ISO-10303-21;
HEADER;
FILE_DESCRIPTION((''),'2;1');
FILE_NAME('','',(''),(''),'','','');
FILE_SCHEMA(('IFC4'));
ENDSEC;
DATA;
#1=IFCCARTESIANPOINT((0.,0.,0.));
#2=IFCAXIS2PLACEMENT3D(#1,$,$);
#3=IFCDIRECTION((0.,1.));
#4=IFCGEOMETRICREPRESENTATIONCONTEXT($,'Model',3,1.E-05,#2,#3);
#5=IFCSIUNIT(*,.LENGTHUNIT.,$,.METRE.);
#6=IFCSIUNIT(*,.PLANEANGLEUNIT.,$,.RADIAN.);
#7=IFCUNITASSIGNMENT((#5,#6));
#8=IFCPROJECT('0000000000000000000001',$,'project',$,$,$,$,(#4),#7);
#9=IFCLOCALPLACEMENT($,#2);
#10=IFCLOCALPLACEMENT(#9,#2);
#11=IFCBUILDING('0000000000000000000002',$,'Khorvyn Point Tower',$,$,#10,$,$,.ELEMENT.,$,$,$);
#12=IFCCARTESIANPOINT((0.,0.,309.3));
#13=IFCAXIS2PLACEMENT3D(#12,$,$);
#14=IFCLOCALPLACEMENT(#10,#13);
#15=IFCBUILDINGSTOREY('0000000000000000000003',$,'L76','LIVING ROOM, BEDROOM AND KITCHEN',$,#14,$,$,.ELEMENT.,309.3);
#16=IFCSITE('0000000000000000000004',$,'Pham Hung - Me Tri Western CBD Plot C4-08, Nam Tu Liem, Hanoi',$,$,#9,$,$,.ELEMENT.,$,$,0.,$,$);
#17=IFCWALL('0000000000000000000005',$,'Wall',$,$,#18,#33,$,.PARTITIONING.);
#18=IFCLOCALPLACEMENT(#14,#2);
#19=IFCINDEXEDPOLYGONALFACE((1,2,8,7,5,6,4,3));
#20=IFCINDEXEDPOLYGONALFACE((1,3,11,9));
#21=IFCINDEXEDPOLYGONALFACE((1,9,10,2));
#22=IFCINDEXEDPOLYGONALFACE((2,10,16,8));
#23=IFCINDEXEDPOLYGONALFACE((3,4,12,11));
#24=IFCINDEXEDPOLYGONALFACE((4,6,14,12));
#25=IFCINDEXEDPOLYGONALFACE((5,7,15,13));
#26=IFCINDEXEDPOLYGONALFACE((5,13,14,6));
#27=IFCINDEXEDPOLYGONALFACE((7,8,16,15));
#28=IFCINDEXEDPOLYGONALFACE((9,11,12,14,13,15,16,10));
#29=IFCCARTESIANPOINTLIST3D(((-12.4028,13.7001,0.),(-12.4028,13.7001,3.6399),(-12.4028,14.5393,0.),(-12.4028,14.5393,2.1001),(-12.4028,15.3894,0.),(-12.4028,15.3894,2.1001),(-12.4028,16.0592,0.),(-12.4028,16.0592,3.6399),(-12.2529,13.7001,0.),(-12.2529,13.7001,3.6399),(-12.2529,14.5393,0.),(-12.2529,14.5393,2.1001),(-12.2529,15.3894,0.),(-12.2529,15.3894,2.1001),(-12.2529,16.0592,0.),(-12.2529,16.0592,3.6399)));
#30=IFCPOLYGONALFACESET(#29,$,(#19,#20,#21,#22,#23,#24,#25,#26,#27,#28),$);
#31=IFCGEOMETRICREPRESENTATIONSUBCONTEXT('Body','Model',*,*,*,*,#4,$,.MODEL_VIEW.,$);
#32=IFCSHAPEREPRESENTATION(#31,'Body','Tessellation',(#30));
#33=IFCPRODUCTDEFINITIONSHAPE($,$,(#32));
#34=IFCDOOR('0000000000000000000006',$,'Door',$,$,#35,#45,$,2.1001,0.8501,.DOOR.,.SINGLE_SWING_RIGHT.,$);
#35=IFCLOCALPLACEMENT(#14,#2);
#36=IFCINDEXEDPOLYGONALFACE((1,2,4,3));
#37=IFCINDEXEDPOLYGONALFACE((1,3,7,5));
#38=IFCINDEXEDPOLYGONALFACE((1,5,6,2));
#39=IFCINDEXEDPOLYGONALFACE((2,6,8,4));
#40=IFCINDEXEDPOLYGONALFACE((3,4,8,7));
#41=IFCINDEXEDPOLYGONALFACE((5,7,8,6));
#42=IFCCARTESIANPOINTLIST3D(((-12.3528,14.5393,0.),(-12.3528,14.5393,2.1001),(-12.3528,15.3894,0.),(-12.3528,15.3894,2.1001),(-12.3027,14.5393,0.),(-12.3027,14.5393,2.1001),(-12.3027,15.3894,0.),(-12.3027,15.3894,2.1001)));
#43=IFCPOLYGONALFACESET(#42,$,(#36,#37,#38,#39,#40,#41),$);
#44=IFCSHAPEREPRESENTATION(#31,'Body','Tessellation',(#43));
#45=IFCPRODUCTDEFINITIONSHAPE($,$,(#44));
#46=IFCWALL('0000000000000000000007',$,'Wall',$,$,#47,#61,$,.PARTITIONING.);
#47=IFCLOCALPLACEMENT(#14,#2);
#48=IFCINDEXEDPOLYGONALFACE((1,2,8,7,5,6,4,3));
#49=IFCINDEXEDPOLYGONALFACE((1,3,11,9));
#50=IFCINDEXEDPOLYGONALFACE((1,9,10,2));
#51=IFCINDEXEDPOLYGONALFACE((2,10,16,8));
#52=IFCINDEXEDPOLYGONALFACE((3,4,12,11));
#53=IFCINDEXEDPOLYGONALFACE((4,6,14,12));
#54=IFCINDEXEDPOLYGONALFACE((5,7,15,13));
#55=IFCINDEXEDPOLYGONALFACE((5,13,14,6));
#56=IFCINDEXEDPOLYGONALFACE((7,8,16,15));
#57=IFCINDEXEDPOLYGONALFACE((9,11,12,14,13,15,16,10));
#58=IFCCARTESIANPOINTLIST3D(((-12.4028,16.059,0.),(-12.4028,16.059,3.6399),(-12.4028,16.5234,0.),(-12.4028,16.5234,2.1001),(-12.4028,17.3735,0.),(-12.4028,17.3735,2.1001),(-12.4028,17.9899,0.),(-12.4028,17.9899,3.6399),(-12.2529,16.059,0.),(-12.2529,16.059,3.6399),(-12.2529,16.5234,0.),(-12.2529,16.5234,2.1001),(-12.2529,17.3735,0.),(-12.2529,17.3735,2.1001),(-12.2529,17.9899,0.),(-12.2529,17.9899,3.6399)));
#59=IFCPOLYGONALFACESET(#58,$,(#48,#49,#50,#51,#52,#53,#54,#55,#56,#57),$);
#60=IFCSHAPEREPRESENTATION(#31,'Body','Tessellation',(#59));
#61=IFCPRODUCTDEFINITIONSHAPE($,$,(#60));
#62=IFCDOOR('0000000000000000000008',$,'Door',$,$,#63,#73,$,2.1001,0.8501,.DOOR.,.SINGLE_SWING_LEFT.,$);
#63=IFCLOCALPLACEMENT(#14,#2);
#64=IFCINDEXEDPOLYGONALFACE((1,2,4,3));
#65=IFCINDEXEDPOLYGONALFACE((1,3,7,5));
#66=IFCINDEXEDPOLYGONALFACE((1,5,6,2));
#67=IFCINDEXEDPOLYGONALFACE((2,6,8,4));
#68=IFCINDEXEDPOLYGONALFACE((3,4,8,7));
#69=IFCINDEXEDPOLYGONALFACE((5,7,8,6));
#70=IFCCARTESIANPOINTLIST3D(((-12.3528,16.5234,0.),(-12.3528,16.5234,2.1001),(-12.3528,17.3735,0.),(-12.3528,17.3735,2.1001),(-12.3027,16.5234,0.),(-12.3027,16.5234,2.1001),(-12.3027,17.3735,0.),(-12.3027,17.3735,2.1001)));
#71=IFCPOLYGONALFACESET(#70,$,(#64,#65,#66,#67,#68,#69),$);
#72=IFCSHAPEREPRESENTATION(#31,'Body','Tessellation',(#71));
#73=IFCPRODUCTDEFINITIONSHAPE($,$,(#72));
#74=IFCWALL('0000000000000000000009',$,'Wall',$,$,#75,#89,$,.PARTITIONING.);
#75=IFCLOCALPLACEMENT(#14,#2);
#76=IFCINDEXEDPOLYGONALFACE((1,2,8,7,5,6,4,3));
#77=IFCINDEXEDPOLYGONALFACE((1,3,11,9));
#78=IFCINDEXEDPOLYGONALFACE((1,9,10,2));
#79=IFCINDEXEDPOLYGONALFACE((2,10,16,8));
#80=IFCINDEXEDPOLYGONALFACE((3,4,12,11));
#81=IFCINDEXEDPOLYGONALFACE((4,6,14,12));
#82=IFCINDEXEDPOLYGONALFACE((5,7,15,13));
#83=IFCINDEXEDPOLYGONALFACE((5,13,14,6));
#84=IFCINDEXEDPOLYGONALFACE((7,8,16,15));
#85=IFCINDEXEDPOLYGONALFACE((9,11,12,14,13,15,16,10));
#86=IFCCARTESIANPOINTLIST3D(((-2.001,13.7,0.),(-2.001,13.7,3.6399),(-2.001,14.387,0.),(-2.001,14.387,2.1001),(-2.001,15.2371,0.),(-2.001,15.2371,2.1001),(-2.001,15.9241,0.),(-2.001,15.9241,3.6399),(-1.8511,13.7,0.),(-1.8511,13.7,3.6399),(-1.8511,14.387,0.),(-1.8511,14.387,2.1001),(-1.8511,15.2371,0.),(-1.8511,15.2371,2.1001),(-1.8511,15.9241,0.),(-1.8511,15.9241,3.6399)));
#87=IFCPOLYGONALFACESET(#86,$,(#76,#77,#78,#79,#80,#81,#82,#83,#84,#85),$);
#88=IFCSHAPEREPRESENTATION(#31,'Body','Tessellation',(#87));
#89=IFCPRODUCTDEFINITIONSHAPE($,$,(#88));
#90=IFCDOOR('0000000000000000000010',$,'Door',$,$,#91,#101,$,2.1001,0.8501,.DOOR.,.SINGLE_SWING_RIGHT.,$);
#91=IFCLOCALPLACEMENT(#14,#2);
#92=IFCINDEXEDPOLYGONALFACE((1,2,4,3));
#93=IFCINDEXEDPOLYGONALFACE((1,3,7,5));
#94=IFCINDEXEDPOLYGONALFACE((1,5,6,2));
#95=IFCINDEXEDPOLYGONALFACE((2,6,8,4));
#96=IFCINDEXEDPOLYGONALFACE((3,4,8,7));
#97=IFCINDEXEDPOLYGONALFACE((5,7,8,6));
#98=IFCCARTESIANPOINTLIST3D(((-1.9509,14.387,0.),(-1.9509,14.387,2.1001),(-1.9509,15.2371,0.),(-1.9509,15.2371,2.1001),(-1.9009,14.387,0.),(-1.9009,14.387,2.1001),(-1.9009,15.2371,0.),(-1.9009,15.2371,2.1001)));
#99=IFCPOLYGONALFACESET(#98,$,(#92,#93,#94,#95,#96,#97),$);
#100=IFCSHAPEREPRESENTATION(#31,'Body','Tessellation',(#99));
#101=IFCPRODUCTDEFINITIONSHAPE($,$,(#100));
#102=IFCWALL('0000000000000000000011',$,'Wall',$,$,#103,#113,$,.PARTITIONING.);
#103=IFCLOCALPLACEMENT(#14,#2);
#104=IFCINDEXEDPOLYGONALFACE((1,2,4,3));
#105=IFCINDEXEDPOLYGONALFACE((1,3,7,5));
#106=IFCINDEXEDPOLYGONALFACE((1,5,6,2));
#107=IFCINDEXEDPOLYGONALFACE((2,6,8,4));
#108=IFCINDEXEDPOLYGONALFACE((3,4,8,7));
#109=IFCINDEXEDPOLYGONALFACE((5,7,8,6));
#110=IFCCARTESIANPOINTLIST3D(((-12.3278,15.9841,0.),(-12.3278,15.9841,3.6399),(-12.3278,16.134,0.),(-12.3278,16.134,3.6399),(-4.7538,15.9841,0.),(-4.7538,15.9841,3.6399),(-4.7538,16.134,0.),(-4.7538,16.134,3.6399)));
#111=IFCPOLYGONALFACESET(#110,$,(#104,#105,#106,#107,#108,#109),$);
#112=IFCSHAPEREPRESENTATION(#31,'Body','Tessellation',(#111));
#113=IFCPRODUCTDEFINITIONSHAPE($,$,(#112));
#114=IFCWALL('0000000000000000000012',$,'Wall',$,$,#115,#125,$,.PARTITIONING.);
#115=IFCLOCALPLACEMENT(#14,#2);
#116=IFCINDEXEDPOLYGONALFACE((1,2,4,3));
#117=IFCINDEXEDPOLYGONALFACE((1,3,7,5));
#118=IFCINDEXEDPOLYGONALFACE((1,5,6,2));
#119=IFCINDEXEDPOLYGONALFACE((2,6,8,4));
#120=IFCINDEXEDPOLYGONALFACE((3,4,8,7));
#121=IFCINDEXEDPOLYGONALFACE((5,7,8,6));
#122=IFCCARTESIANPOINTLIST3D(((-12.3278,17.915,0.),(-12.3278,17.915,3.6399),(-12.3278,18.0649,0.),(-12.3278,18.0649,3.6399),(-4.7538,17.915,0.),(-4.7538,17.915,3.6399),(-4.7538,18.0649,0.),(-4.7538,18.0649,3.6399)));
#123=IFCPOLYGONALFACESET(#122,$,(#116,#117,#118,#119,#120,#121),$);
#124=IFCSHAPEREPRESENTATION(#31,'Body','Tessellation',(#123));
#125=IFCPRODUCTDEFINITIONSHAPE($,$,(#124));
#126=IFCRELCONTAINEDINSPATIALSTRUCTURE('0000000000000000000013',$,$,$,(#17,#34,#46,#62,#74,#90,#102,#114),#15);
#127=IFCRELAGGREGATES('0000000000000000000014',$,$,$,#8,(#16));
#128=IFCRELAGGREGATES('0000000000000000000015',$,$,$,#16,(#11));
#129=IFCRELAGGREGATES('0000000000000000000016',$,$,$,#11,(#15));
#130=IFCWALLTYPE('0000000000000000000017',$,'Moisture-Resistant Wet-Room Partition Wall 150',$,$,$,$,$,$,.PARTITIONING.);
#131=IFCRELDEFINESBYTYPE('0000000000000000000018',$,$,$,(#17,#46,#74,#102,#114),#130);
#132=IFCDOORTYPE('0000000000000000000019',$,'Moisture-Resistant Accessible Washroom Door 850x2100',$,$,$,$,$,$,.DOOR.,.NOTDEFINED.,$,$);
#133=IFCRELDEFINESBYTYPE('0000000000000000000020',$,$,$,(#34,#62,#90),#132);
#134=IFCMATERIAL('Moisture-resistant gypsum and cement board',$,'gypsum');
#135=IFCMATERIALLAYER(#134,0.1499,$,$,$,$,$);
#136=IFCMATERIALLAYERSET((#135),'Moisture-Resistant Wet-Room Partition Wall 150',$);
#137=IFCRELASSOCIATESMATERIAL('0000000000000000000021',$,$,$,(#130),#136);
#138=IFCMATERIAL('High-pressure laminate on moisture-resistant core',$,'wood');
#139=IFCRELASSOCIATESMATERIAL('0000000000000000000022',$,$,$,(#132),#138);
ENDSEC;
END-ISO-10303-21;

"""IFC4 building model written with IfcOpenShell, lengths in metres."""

from ifc_helpers import new_model, si_unit, direction, frame, frame_2d, origin, place, context, subcontext, project, spatial, rectangle, extrude, material, layer, layer_set, type_object, element, fill, save


model = new_model("IFC4")

# Units and contexts
model_context = context("Model", 3, precision=1e-05, world=origin(), true_north=direction((0.0, 1.0)))
body_context = subcontext(model_context, "Body", "Model", "MODEL_VIEW")
ifc_project = project(units=[si_unit("LENGTHUNIT", "METRE"), si_unit("PLANEANGLEUNIT", "RADIAN")], contexts=[model_context])

# Site, building, storey
site_placement = place(None, origin())
site = spatial("IfcSite", under=ifc_project, at=site_placement, Name="Pham Hung - Me Tri Western CBD Plot C4-08, Nam Tu Liem, Hanoi", CompositionType="ELEMENT", RefElevation=0.0)
building_placement = place(site_placement, origin())
building = spatial("IfcBuilding", under=site, at=building_placement, Name="Khorvyn Point Tower", CompositionType="ELEMENT")
storey_placement = place(building_placement, frame((0.0, 0.0, 309.3)))
storey = spatial("IfcBuildingStorey", under=building, at=storey_placement, Name="L76", Description="LIVING ROOM, BEDROOM AND KITCHEN", CompositionType="ELEMENT", Elevation=309.3)

# Walls, openings, doors
ifc_material_1 = material(Name="Moisture-resistant gypsum and cement board", Category="gypsum")
ifc_layer_1 = layer(ifc_material_1, 0.1499)
ifc_layer_set_1 = layer_set([ifc_layer_1], Name="Moisture-Resistant Wet-Room Partition Wall 150")
wall_type_1 = type_object("IfcWallType", Name="Moisture-Resistant Wet-Room Partition Wall 150", PredefinedType="PARTITIONING", material=ifc_layer_set_1)
wall_1_placement = place(storey_placement, frame((-12.3279, 13.7, 0.0), z_axis=(0.0, 0.0, 1.0), x_axis=(0.0, 1.0, 0.0)))
wall_1 = element("IfcWall", 1, at=wall_1_placement, inside=storey, type_object=wall_type_1, Name="Wall", PredefinedType="PARTITIONING", context=body_context, shape_type="SweptSolid", body=[
    extrude(rectangle(XDim=2.3591, YDim=0.1499, at=frame_2d((1.1797, 0.0))), origin(), (0.0, 0.0, 1.0), 3.6399),
])
opening_1_placement = place(wall_1_placement, frame((0.8394, 0.0, 0.0)))
opening_1 = element("IfcOpeningElement", 2, at=opening_1_placement, cuts=wall_1, PredefinedType="OPENING", context=body_context, shape_type="SweptSolid", body=[
    extrude(rectangle(XDim=0.8501, YDim=2.1001, at=frame_2d((0.425, 1.05))), frame((0.0, 0.085, 0.0), z_axis=(0.0, -1.0, 0.0), x_axis=(1.0, 0.0, 0.0)), (0.0, 0.0, 1.0), 0.1699),
])
ifc_material_2 = material(Name="High-pressure laminate on moisture-resistant core", Category="wood")
door_type_1 = type_object("IfcDoorType", Name="Moisture-Resistant Accessible Washroom Door 850x2100", OperationType="NOTDEFINED", PredefinedType="DOOR", material=ifc_material_2)
door_1_placement = place(opening_1_placement, origin())
door_1 = element("IfcDoor", 3, at=door_1_placement, inside=storey, type_object=door_type_1, Name="Door", OperationType="SINGLE_SWING_RIGHT", OverallHeight=2.1001, OverallWidth=0.8501, PredefinedType="DOOR", context=body_context, shape_type="SweptSolid", body=[
    extrude(rectangle(XDim=0.8501, YDim=2.1001, at=frame_2d((0.425, 1.05))), frame((0.0, 0.0249, 0.0), z_axis=(0.0, -1.0, 0.0), x_axis=(1.0, 0.0, 0.0)), (0.0, 0.0, 1.0), 0.05),
])
fill(opening_1, door_1)
wall_2_placement = place(storey_placement, frame((-12.3279, 16.0591, 0.0), z_axis=(0.0, 0.0, 1.0), x_axis=(0.0, 1.0, 0.0)))
wall_2 = element("IfcWall", 4, at=wall_2_placement, inside=storey, type_object=wall_type_1, Name="Wall", PredefinedType="PARTITIONING", context=body_context, shape_type="SweptSolid", body=[
    extrude(rectangle(XDim=1.9309, YDim=0.1499, at=frame_2d((0.9653, 0.0))), origin(), (0.0, 0.0, 1.0), 3.6399),
])
opening_2_placement = place(wall_2_placement, frame((0.4644, 0.0, 0.0)))
opening_2 = element("IfcOpeningElement", 5, at=opening_2_placement, cuts=wall_2, PredefinedType="OPENING", context=body_context, shape_type="SweptSolid", body=[
    extrude(rectangle(XDim=0.8501, YDim=2.1001, at=frame_2d((0.425, 1.05))), frame((0.0, 0.085, 0.0), z_axis=(0.0, -1.0, 0.0), x_axis=(1.0, 0.0, 0.0)), (0.0, 0.0, 1.0), 0.1699),
])
door_2_placement = place(opening_2_placement, origin())
door_2 = element("IfcDoor", 6, at=door_2_placement, inside=storey, type_object=door_type_1, Name="Door", OperationType="SINGLE_SWING_LEFT", OverallHeight=2.1001, OverallWidth=0.8501, PredefinedType="DOOR", context=body_context, shape_type="SweptSolid", body=[
    extrude(rectangle(XDim=0.8501, YDim=2.1001, at=frame_2d((0.425, 1.05))), frame((0.0, 0.0249, 0.0), z_axis=(0.0, -1.0, 0.0), x_axis=(1.0, 0.0, 0.0)), (0.0, 0.0, 1.0), 0.05),
])
fill(opening_2, door_2)
wall_3_placement = place(storey_placement, frame((-1.926, 13.7, 0.0), z_axis=(0.0, 0.0, 1.0), x_axis=(0.0, 1.0, 0.0)))
wall_3 = element("IfcWall", 7, at=wall_3_placement, inside=storey, type_object=wall_type_1, Name="Wall", PredefinedType="PARTITIONING", context=body_context, shape_type="SweptSolid", body=[
    extrude(rectangle(XDim=2.2241, YDim=0.1499, at=frame_2d((1.1121, 0.0))), origin(), (0.0, 0.0, 1.0), 3.6399),
])
opening_3_placement = place(wall_3_placement, frame((0.687, 0.0, 0.0)))
opening_3 = element("IfcOpeningElement", 8, at=opening_3_placement, cuts=wall_3, PredefinedType="OPENING", context=body_context, shape_type="SweptSolid", body=[
    extrude(rectangle(XDim=0.8501, YDim=2.1001, at=frame_2d((0.425, 1.05))), frame((0.0, 0.085, 0.0), z_axis=(0.0, -1.0, 0.0), x_axis=(1.0, 0.0, 0.0)), (0.0, 0.0, 1.0), 0.1699),
])
door_3_placement = place(opening_3_placement, origin())
door_3 = element("IfcDoor", 9, at=door_3_placement, inside=storey, type_object=door_type_1, Name="Door", OperationType="SINGLE_SWING_RIGHT", OverallHeight=2.1001, OverallWidth=0.8501, PredefinedType="DOOR", context=body_context, shape_type="SweptSolid", body=[
    extrude(rectangle(XDim=0.8501, YDim=2.1001, at=frame_2d((0.425, 1.05))), frame((0.0, 0.0249, 0.0), z_axis=(0.0, -1.0, 0.0), x_axis=(1.0, 0.0, 0.0)), (0.0, 0.0, 1.0), 0.05),
])
fill(opening_3, door_3)

# Walls
for number, where, z_axis, x_axis, name in (
    (10, (-12.3279, 16.0591, 0.0), (0.0, 0.0, 1.0), (1.0, 0.0, 0.0), "Wall"),
    (11, (-12.3279, 17.99, 0.0), (0.0, 0.0, 1.0), (1.0, 0.0, 0.0), "Wall"),
):
    element("IfcWall", number, at=place(storey_placement, frame(where, z_axis=z_axis, x_axis=x_axis)), inside=storey, type_object=wall_type_1, Name=name, PredefinedType="PARTITIONING", context=body_context, shape_type="SweptSolid", body=[
        extrude(rectangle(XDim=7.574, YDim=0.1499, at=frame_2d((3.7871, 0.0))), origin(), (0.0, 0.0, 1.0), 3.6399),
    ])

save(model, "model.ifc")
